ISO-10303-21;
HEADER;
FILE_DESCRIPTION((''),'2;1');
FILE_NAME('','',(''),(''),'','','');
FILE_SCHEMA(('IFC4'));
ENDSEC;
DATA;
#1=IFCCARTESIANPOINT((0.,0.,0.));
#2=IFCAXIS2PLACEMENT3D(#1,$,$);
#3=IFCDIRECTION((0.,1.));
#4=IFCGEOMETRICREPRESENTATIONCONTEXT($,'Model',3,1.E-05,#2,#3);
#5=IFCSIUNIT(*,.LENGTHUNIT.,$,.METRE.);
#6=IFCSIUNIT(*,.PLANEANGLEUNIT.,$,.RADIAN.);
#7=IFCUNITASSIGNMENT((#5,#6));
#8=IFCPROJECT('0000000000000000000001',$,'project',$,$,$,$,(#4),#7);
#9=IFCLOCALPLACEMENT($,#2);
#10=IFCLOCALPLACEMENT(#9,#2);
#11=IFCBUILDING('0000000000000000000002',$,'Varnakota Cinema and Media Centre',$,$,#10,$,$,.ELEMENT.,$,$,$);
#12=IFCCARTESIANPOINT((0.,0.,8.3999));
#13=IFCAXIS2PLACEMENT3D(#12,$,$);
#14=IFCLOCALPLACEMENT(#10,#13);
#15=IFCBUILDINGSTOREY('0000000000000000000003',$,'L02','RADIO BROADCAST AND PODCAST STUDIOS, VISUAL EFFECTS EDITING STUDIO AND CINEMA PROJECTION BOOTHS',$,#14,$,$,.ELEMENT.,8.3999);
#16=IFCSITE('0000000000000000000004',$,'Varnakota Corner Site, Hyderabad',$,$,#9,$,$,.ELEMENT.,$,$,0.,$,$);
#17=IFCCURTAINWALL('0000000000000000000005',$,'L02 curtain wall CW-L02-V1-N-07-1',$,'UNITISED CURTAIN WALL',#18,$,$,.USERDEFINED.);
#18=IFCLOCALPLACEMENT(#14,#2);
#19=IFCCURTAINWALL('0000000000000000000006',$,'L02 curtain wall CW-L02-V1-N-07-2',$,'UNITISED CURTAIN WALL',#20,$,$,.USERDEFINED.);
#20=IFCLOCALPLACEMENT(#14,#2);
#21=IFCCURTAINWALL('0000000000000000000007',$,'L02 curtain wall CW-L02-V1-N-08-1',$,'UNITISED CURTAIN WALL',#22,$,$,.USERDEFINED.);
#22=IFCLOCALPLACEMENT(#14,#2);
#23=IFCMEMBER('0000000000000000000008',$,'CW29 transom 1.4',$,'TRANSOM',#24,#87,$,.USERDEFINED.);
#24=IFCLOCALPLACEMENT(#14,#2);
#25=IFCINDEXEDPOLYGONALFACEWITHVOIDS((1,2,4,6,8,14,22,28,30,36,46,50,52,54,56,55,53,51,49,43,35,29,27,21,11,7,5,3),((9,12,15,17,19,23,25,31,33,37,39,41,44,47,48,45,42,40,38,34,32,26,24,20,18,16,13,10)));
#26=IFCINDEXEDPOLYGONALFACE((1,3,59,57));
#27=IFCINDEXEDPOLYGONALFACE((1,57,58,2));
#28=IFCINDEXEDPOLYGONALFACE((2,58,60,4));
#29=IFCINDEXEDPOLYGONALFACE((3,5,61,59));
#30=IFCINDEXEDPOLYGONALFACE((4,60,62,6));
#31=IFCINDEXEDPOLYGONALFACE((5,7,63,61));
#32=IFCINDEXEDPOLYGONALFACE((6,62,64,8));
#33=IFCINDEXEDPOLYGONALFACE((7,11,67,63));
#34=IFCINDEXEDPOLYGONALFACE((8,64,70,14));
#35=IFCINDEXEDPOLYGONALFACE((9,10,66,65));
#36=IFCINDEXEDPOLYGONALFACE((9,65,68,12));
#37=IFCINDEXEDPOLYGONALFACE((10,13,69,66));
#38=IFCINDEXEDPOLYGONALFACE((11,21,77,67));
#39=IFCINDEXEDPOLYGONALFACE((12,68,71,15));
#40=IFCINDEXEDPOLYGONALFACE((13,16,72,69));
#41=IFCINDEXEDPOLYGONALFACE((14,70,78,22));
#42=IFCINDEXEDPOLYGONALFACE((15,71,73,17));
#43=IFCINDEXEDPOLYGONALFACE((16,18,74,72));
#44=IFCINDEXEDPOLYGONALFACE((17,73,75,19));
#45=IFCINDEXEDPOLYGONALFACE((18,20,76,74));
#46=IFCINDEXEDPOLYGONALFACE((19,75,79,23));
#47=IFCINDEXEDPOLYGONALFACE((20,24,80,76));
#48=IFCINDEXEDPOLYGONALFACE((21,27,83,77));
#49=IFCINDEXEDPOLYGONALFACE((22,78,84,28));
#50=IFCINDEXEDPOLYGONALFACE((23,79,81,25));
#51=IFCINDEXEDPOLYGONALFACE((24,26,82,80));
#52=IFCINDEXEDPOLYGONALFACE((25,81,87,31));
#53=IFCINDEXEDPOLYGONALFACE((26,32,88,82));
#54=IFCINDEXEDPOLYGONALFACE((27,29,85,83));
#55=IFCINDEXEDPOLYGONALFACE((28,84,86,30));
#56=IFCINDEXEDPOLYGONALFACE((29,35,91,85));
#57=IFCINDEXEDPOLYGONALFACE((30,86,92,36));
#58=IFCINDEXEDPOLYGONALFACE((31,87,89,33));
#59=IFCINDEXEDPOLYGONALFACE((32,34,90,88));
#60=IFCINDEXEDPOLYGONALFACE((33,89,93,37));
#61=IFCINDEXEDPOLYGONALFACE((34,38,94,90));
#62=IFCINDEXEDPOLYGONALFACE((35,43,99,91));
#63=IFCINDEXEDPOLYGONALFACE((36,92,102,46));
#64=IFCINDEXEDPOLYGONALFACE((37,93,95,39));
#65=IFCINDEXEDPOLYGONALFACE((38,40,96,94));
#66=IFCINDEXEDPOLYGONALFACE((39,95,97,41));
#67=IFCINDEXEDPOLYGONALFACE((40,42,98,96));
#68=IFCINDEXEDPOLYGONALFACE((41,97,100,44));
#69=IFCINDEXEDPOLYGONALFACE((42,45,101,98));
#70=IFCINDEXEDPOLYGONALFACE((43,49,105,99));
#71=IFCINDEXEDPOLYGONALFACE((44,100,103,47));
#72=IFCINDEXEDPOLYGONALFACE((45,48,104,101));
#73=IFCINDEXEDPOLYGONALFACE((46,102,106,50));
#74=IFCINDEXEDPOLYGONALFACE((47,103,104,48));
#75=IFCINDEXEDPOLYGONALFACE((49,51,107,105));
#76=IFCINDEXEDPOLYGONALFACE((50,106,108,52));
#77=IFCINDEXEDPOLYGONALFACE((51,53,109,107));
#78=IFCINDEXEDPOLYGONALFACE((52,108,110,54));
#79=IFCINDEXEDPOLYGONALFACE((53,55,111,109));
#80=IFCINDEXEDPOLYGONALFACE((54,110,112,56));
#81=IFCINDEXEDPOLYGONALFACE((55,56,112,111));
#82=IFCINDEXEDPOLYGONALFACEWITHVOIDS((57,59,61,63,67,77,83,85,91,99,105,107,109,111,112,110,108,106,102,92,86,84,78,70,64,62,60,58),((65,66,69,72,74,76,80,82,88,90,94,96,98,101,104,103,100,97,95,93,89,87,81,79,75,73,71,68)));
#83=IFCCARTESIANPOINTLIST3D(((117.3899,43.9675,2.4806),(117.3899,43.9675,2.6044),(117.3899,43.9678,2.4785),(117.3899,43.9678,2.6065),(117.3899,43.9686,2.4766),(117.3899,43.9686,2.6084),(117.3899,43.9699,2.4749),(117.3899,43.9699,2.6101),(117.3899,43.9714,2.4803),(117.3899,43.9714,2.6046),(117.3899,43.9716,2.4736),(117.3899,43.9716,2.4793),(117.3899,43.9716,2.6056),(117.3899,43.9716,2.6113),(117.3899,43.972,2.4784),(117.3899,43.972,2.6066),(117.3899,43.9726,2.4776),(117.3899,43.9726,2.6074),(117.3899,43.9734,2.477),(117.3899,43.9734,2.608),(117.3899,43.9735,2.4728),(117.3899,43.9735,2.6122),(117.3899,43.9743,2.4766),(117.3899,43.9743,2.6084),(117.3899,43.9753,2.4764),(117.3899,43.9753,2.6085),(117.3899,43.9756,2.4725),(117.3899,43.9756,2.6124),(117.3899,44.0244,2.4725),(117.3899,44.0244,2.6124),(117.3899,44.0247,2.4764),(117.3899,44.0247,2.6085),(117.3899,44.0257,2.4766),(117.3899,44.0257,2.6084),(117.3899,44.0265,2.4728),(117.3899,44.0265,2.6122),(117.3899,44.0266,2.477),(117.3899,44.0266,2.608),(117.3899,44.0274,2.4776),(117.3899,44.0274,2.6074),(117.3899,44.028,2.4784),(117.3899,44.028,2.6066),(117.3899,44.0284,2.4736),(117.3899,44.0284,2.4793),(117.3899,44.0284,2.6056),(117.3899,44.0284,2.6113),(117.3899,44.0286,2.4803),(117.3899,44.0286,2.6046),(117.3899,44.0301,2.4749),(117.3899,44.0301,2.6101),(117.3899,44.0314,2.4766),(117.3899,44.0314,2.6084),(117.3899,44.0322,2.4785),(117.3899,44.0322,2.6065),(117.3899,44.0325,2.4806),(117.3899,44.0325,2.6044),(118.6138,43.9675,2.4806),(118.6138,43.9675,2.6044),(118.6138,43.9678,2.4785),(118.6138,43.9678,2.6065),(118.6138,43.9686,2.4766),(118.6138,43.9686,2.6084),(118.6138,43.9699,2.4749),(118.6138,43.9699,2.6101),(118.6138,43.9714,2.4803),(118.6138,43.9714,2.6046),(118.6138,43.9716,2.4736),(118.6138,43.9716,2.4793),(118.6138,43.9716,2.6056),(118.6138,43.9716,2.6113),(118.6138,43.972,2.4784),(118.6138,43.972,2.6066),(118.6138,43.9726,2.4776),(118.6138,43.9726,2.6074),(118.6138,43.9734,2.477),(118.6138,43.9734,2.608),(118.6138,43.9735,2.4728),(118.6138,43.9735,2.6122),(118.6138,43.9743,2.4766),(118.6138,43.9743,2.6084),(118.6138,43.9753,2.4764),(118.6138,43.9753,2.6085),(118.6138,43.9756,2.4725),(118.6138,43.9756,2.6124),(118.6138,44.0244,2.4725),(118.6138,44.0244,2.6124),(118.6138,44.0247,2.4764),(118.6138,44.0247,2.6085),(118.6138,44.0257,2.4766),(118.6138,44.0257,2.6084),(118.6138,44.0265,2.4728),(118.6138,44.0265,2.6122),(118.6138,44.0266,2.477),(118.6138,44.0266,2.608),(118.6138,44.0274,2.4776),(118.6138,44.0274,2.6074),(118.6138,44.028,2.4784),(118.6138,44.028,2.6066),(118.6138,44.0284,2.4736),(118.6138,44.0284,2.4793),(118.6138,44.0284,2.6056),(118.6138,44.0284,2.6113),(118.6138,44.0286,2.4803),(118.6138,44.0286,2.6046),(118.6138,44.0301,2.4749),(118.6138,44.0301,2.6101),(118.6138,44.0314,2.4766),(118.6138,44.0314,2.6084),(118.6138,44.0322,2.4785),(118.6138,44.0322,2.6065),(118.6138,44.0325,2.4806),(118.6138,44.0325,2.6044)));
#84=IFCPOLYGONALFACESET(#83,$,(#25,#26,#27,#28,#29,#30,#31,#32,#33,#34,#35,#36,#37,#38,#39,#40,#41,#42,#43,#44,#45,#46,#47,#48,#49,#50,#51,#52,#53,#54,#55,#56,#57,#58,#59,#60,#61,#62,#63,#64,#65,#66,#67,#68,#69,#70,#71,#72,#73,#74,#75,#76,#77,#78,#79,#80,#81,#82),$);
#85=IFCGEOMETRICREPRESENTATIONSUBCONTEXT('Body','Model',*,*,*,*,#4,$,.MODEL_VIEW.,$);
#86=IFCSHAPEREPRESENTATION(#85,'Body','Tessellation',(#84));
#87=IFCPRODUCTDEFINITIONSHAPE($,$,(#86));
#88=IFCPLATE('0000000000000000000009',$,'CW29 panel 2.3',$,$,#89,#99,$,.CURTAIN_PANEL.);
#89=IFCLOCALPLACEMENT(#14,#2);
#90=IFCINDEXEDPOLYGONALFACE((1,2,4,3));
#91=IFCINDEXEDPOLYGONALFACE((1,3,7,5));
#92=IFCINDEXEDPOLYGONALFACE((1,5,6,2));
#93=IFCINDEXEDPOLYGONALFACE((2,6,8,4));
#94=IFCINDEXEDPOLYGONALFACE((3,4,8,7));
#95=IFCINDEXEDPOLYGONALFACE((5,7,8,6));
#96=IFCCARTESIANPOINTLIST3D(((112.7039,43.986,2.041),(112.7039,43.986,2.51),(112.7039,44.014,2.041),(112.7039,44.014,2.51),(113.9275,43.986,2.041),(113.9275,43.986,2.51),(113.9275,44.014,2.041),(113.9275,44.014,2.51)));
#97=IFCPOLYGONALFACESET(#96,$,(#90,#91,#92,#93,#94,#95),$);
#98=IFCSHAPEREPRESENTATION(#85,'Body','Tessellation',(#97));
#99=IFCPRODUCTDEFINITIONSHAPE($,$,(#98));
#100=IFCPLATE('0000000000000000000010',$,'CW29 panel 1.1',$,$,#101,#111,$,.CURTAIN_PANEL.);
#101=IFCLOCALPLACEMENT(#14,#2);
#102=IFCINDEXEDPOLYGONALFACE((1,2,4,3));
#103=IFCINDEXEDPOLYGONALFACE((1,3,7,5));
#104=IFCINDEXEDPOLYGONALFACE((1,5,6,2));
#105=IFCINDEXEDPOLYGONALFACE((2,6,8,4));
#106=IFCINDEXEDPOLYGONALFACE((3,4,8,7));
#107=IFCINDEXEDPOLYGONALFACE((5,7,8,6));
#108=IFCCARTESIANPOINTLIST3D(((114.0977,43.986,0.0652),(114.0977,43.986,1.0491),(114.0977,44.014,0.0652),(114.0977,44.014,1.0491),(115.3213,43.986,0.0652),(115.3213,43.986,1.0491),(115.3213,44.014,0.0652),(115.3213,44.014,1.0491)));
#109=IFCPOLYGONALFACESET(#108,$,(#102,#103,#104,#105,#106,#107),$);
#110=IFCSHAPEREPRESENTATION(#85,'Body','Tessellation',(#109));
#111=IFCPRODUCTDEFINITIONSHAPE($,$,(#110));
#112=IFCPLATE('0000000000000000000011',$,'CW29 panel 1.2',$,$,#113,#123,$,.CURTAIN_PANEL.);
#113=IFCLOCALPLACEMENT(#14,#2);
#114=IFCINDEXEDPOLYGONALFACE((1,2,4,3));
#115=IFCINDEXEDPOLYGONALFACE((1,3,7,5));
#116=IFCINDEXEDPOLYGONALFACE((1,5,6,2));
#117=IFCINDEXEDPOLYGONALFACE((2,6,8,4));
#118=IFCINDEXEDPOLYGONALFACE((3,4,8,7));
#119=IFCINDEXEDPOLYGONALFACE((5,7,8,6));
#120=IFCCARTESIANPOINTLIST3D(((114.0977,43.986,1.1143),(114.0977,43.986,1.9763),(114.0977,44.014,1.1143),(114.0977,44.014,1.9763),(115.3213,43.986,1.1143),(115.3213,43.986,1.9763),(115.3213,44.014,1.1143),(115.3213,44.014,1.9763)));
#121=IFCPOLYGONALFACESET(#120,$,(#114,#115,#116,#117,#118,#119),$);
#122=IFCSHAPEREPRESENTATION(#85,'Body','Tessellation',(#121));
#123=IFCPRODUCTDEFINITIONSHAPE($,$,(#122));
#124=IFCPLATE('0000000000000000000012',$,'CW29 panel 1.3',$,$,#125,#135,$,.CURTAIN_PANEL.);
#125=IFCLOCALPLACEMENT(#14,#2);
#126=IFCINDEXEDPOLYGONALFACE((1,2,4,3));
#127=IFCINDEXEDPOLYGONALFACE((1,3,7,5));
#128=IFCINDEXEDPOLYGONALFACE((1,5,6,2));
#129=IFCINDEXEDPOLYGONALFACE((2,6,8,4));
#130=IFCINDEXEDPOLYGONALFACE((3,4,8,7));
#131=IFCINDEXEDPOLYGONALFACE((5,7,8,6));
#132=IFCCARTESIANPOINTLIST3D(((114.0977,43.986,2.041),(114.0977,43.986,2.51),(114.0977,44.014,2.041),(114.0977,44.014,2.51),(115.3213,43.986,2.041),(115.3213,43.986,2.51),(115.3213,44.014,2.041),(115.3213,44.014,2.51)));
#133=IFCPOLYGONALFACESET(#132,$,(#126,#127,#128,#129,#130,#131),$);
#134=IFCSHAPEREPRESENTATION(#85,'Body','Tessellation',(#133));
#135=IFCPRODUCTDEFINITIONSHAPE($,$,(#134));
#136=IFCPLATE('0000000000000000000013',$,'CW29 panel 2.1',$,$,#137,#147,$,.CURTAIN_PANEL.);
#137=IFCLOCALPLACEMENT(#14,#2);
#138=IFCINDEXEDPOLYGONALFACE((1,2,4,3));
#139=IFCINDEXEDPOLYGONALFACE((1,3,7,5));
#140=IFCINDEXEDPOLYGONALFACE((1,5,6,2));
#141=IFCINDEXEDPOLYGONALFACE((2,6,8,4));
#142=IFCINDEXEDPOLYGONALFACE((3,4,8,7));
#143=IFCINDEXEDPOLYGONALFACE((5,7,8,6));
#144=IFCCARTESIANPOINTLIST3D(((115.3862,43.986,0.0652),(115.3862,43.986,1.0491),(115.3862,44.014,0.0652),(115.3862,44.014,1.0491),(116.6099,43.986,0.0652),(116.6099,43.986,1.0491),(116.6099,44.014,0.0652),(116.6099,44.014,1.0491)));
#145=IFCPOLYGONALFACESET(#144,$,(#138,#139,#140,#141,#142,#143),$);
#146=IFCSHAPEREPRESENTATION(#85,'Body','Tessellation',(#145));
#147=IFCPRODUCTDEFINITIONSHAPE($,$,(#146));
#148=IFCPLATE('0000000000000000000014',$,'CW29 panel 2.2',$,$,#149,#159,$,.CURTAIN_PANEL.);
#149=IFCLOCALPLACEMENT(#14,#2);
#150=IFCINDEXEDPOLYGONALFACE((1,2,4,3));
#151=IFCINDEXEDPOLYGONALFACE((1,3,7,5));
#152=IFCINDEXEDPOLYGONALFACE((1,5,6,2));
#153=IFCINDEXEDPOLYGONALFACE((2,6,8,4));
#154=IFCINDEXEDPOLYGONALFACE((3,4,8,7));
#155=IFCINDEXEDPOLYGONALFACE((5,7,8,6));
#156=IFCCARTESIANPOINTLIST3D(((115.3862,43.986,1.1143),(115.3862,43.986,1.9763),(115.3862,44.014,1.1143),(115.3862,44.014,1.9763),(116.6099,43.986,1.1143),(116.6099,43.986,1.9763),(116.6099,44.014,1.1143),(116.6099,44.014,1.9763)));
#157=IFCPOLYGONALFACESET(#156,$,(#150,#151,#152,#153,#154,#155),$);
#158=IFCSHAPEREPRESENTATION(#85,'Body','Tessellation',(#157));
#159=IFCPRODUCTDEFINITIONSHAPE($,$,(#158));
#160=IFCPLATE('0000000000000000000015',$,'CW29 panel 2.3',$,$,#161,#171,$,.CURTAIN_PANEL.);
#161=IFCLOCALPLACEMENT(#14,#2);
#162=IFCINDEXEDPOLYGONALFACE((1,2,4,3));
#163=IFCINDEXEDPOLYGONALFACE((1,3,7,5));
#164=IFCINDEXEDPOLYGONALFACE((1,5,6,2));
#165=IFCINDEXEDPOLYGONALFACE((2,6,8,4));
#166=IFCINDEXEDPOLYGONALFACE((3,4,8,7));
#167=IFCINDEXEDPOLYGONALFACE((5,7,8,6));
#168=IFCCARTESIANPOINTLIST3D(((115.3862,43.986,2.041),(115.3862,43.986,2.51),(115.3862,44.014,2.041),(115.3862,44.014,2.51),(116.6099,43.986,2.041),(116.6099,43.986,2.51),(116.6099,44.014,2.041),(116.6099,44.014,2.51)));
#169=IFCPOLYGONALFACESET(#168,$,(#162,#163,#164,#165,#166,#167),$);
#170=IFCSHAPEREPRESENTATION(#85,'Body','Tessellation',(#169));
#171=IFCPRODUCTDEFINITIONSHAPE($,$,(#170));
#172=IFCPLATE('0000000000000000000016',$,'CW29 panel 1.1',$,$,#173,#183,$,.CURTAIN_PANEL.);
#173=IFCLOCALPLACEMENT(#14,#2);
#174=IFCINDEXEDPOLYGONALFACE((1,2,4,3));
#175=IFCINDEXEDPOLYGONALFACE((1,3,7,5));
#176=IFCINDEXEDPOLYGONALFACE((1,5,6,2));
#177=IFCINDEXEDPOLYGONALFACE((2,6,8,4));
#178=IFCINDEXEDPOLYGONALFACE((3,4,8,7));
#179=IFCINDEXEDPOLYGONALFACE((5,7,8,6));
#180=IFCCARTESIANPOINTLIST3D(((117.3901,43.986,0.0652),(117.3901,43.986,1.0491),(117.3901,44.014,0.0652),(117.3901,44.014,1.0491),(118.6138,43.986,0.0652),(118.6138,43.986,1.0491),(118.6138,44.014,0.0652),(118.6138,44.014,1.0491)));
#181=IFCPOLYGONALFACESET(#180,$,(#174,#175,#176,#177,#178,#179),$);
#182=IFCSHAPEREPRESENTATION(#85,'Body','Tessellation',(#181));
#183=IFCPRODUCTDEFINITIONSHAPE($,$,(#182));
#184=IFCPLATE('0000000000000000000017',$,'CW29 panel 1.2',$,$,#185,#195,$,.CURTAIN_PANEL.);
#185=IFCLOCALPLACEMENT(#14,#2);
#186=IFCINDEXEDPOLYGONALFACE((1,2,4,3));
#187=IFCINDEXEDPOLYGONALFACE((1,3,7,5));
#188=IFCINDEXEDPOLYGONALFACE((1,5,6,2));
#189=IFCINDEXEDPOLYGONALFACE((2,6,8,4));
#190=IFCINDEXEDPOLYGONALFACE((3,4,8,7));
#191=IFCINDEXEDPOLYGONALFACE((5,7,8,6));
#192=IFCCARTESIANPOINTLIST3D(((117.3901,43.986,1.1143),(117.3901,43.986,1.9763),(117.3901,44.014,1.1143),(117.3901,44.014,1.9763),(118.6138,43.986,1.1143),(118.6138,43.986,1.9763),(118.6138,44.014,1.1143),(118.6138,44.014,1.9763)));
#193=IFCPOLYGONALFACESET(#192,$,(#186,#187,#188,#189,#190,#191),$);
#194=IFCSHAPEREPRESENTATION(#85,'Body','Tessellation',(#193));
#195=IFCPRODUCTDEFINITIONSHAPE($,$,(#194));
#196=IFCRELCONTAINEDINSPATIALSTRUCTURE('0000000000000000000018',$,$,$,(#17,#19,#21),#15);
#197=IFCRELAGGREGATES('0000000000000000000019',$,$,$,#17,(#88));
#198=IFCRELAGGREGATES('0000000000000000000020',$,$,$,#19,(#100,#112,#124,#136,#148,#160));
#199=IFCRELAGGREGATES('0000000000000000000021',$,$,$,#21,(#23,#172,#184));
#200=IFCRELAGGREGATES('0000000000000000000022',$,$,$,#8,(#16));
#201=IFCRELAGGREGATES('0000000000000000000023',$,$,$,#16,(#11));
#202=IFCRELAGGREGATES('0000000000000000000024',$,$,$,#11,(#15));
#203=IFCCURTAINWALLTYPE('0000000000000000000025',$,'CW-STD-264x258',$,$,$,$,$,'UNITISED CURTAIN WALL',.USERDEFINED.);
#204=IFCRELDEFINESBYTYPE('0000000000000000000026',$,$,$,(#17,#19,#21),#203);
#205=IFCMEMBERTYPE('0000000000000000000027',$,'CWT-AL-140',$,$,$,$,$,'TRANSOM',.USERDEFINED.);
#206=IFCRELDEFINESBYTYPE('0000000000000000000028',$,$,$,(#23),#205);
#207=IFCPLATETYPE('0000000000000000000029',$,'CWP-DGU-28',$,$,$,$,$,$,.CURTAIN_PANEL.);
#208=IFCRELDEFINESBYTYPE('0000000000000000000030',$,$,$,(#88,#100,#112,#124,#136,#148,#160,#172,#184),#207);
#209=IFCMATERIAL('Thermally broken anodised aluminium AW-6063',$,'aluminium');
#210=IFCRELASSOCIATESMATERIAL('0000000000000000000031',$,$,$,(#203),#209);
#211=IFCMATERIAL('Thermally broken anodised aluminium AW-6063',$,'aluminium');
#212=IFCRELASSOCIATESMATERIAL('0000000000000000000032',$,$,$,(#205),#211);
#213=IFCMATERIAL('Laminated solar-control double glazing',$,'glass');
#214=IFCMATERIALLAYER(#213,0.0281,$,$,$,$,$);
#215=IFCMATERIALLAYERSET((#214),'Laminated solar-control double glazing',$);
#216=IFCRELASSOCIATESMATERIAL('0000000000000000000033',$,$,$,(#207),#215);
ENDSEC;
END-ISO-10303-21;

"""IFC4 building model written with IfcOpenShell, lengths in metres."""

from ifc_helpers import new_model, si_unit, direction, frame, origin, origin_2d, place, context, subcontext, project, spatial, rectangle, hollow_rectangle, extrude, material, layer, layer_set, material_profile, profile_set, type_object, element, aggregate, save


model = new_model("IFC4")

# Units and contexts
model_context = context("Model", 3, precision=1e-05, world=origin(), true_north=direction((0.0, 1.0)))
body_context = subcontext(model_context, "Body", "Model", "MODEL_VIEW")
ifc_project = project(units=[si_unit("LENGTHUNIT", "METRE"), si_unit("PLANEANGLEUNIT", "RADIAN")], contexts=[model_context])

# Site, building, storey
site_placement = place(None, origin())
site = spatial("IfcSite", under=ifc_project, at=site_placement, Name="Varnakota Corner Site, Hyderabad", CompositionType="ELEMENT", RefElevation=0.0)
building_placement = place(site_placement, origin())
building = spatial("IfcBuilding", under=site, at=building_placement, Name="Varnakota Cinema and Media Centre", CompositionType="ELEMENT")
storey_placement = place(building_placement, frame((0.0, 0.0, 8.3999)))
storey = spatial("IfcBuildingStorey", under=building, at=storey_placement, Name="L02", Description="RADIO BROADCAST AND PODCAST STUDIOS, VISUAL EFFECTS EDITING STUDIO AND CINEMA PROJECTION BOOTHS", CompositionType="ELEMENT", Elevation=8.3999)

# Curtain wall
ifc_material_1 = material(Name="Thermally broken anodised aluminium AW-6063", Category="aluminium")
curtain_wall_type = type_object("IfcCurtainWallType", Name="CW-STD-264x258", ElementType="UNITISED CURTAIN WALL", PredefinedType="USERDEFINED", material=ifc_material_1)
curtain_wall_1_placement = place(storey_placement, origin())
curtain_wall_1 = element("IfcCurtainWall", 1, at=curtain_wall_1_placement, inside=storey, type_object=curtain_wall_type, Name="L02 curtain wall CW-L02-V1-N-07-1", ObjectType="UNITISED CURTAIN WALL", PredefinedType="USERDEFINED")

# Curtain wall
curtain_wall_2_placement = place(storey_placement, origin())
curtain_wall_2 = element("IfcCurtainWall", 2, at=curtain_wall_2_placement, inside=storey, type_object=curtain_wall_type, Name="L02 curtain wall CW-L02-V1-N-07-2", ObjectType="UNITISED CURTAIN WALL", PredefinedType="USERDEFINED")

# Curtain wall
curtain_wall_3_placement = place(storey_placement, origin())
curtain_wall_3 = element("IfcCurtainWall", 3, at=curtain_wall_3_placement, inside=storey, type_object=curtain_wall_type, Name="L02 curtain wall CW-L02-V1-N-08-1", ObjectType="UNITISED CURTAIN WALL", PredefinedType="USERDEFINED")

# Member
ifc_material_2 = material(Name="Thermally broken anodised aluminium AW-6063", Category="aluminium")
ifc_material_profile_1 = material_profile(ifc_material_2, hollow_rectangle(XDim=0.0649, YDim=0.1399, WallThickness=0.0039, InnerFilletRadius=0.0039, OuterFilletRadius=0.0081, at=origin_2d()), Name="AL-TRANSOM 140x65x4")
ifc_profile_set_1 = profile_set([ifc_material_profile_1], Name="Thermally broken anodised aluminium AW-6063")
member_type_1 = type_object("IfcMemberType", Name="CWT-AL-140", ElementType="TRANSOM", PredefinedType="USERDEFINED", material=ifc_profile_set_1)
member_1_placement = place(storey_placement, frame((117.3899, 44.0, 2.5425), z_axis=(1.0, 0.0, 0.0), x_axis=(0.0, 1.0, 0.0)))
member_1 = element("IfcMember", 4, at=member_1_placement, type_object=member_type_1, Name="CW29 transom 1.4", ObjectType="TRANSOM", PredefinedType="USERDEFINED", context=body_context, shape_type="SweptSolid", body=[
    extrude(hollow_rectangle(XDim=0.0649, YDim=0.1399, WallThickness=0.0039, InnerFilletRadius=0.0039, OuterFilletRadius=0.0081, at=origin_2d()), origin(), (0.0, 0.0, 1.0), 1.2239),
])

# Plates
ifc_material_3 = material(Name="Laminated solar-control double glazing", Category="glass")
ifc_layer = layer(ifc_material_3, 0.0281)
ifc_layer_set = layer_set([ifc_layer], Name="Laminated solar-control double glazing")
plate_type = type_object("IfcPlateType", Name="CWP-DGU-28", PredefinedType="CURTAIN_PANEL", material=ifc_layer_set)
plate_1_placement = place(storey_placement, frame((113.3157, 44.0, 2.041), z_axis=(0.0, 0.0, 1.0), x_axis=(1.0, 0.0, 0.0)))
plate_1 = element("IfcPlate", 5, at=plate_1_placement, type_object=plate_type, Name="CW29 panel 2.3", PredefinedType="CURTAIN_PANEL", context=body_context, shape_type="SweptSolid", body=[
    extrude(rectangle(XDim=1.2236, YDim=0.0281, at=origin_2d()), origin(), (0.0, 0.0, 1.0), 0.469),
])
aggregate(curtain_wall_1, [plate_1])
plate_2_placement = place(storey_placement, frame((114.7095, 44.0, 0.0652), z_axis=(0.0, 0.0, 1.0), x_axis=(1.0, 0.0, 0.0)))
plate_2 = element("IfcPlate", 6, at=plate_2_placement, type_object=plate_type, Name="CW29 panel 1.1", PredefinedType="CURTAIN_PANEL", context=body_context, shape_type="SweptSolid", body=[
    extrude(rectangle(XDim=1.2236, YDim=0.0281, at=origin_2d()), origin(), (0.0, 0.0, 1.0), 0.9839),
])
plate_3_placement = place(storey_placement, frame((114.7095, 44.0, 1.1143), z_axis=(0.0, 0.0, 1.0), x_axis=(1.0, 0.0, 0.0)))
plate_3 = element("IfcPlate", 7, at=plate_3_placement, type_object=plate_type, Name="CW29 panel 1.2", PredefinedType="CURTAIN_PANEL", context=body_context, shape_type="SweptSolid", body=[
    extrude(rectangle(XDim=1.2236, YDim=0.0281, at=origin_2d()), origin(), (0.0, 0.0, 1.0), 0.8621),
])
plate_4_placement = place(storey_placement, frame((114.7095, 44.0, 2.041), z_axis=(0.0, 0.0, 1.0), x_axis=(1.0, 0.0, 0.0)))
plate_4 = element("IfcPlate", 8, at=plate_4_placement, type_object=plate_type, Name="CW29 panel 1.3", PredefinedType="CURTAIN_PANEL", context=body_context, shape_type="SweptSolid", body=[
    extrude(rectangle(XDim=1.2236, YDim=0.0281, at=origin_2d()), origin(), (0.0, 0.0, 1.0), 0.469),
])
plate_5_placement = place(storey_placement, frame((115.998, 44.0, 0.0652), z_axis=(0.0, 0.0, 1.0), x_axis=(1.0, 0.0, 0.0)))
plate_5 = element("IfcPlate", 9, at=plate_5_placement, type_object=plate_type, Name="CW29 panel 2.1", PredefinedType="CURTAIN_PANEL", context=body_context, shape_type="SweptSolid", body=[
    extrude(rectangle(XDim=1.2236, YDim=0.0281, at=origin_2d()), origin(), (0.0, 0.0, 1.0), 0.9839),
])
plate_6_placement = place(storey_placement, frame((115.998, 44.0, 1.1143), z_axis=(0.0, 0.0, 1.0), x_axis=(1.0, 0.0, 0.0)))
plate_6 = element("IfcPlate", 10, at=plate_6_placement, type_object=plate_type, Name="CW29 panel 2.2", PredefinedType="CURTAIN_PANEL", context=body_context, shape_type="SweptSolid", body=[
    extrude(rectangle(XDim=1.2236, YDim=0.0281, at=origin_2d()), origin(), (0.0, 0.0, 1.0), 0.8621),
])
plate_7_placement = place(storey_placement, frame((115.998, 44.0, 2.041), z_axis=(0.0, 0.0, 1.0), x_axis=(1.0, 0.0, 0.0)))
plate_7 = element("IfcPlate", 11, at=plate_7_placement, type_object=plate_type, Name="CW29 panel 2.3", PredefinedType="CURTAIN_PANEL", context=body_context, shape_type="SweptSolid", body=[
    extrude(rectangle(XDim=1.2236, YDim=0.0281, at=origin_2d()), origin(), (0.0, 0.0, 1.0), 0.469),
])
aggregate(curtain_wall_2, [plate_2, plate_3, plate_4, plate_5, plate_6, plate_7])
plate_8_placement = place(storey_placement, frame((118.002, 44.0, 0.0652), z_axis=(0.0, 0.0, 1.0), x_axis=(1.0, 0.0, 0.0)))
plate_8 = element("IfcPlate", 12, at=plate_8_placement, type_object=plate_type, Name="CW29 panel 1.1", PredefinedType="CURTAIN_PANEL", context=body_context, shape_type="SweptSolid", body=[
    extrude(rectangle(XDim=1.2236, YDim=0.0281, at=origin_2d()), origin(), (0.0, 0.0, 1.0), 0.9839),
])
plate_9_placement = place(storey_placement, frame((118.002, 44.0, 1.1143), z_axis=(0.0, 0.0, 1.0), x_axis=(1.0, 0.0, 0.0)))
plate_9 = element("IfcPlate", 13, at=plate_9_placement, type_object=plate_type, Name="CW29 panel 1.2", PredefinedType="CURTAIN_PANEL", context=body_context, shape_type="SweptSolid", body=[
    extrude(rectangle(XDim=1.2236, YDim=0.0281, at=origin_2d()), origin(), (0.0, 0.0, 1.0), 0.8621),
])
aggregate(curtain_wall_3, [member_1, plate_8, plate_9])

save(model, "model.ifc")
